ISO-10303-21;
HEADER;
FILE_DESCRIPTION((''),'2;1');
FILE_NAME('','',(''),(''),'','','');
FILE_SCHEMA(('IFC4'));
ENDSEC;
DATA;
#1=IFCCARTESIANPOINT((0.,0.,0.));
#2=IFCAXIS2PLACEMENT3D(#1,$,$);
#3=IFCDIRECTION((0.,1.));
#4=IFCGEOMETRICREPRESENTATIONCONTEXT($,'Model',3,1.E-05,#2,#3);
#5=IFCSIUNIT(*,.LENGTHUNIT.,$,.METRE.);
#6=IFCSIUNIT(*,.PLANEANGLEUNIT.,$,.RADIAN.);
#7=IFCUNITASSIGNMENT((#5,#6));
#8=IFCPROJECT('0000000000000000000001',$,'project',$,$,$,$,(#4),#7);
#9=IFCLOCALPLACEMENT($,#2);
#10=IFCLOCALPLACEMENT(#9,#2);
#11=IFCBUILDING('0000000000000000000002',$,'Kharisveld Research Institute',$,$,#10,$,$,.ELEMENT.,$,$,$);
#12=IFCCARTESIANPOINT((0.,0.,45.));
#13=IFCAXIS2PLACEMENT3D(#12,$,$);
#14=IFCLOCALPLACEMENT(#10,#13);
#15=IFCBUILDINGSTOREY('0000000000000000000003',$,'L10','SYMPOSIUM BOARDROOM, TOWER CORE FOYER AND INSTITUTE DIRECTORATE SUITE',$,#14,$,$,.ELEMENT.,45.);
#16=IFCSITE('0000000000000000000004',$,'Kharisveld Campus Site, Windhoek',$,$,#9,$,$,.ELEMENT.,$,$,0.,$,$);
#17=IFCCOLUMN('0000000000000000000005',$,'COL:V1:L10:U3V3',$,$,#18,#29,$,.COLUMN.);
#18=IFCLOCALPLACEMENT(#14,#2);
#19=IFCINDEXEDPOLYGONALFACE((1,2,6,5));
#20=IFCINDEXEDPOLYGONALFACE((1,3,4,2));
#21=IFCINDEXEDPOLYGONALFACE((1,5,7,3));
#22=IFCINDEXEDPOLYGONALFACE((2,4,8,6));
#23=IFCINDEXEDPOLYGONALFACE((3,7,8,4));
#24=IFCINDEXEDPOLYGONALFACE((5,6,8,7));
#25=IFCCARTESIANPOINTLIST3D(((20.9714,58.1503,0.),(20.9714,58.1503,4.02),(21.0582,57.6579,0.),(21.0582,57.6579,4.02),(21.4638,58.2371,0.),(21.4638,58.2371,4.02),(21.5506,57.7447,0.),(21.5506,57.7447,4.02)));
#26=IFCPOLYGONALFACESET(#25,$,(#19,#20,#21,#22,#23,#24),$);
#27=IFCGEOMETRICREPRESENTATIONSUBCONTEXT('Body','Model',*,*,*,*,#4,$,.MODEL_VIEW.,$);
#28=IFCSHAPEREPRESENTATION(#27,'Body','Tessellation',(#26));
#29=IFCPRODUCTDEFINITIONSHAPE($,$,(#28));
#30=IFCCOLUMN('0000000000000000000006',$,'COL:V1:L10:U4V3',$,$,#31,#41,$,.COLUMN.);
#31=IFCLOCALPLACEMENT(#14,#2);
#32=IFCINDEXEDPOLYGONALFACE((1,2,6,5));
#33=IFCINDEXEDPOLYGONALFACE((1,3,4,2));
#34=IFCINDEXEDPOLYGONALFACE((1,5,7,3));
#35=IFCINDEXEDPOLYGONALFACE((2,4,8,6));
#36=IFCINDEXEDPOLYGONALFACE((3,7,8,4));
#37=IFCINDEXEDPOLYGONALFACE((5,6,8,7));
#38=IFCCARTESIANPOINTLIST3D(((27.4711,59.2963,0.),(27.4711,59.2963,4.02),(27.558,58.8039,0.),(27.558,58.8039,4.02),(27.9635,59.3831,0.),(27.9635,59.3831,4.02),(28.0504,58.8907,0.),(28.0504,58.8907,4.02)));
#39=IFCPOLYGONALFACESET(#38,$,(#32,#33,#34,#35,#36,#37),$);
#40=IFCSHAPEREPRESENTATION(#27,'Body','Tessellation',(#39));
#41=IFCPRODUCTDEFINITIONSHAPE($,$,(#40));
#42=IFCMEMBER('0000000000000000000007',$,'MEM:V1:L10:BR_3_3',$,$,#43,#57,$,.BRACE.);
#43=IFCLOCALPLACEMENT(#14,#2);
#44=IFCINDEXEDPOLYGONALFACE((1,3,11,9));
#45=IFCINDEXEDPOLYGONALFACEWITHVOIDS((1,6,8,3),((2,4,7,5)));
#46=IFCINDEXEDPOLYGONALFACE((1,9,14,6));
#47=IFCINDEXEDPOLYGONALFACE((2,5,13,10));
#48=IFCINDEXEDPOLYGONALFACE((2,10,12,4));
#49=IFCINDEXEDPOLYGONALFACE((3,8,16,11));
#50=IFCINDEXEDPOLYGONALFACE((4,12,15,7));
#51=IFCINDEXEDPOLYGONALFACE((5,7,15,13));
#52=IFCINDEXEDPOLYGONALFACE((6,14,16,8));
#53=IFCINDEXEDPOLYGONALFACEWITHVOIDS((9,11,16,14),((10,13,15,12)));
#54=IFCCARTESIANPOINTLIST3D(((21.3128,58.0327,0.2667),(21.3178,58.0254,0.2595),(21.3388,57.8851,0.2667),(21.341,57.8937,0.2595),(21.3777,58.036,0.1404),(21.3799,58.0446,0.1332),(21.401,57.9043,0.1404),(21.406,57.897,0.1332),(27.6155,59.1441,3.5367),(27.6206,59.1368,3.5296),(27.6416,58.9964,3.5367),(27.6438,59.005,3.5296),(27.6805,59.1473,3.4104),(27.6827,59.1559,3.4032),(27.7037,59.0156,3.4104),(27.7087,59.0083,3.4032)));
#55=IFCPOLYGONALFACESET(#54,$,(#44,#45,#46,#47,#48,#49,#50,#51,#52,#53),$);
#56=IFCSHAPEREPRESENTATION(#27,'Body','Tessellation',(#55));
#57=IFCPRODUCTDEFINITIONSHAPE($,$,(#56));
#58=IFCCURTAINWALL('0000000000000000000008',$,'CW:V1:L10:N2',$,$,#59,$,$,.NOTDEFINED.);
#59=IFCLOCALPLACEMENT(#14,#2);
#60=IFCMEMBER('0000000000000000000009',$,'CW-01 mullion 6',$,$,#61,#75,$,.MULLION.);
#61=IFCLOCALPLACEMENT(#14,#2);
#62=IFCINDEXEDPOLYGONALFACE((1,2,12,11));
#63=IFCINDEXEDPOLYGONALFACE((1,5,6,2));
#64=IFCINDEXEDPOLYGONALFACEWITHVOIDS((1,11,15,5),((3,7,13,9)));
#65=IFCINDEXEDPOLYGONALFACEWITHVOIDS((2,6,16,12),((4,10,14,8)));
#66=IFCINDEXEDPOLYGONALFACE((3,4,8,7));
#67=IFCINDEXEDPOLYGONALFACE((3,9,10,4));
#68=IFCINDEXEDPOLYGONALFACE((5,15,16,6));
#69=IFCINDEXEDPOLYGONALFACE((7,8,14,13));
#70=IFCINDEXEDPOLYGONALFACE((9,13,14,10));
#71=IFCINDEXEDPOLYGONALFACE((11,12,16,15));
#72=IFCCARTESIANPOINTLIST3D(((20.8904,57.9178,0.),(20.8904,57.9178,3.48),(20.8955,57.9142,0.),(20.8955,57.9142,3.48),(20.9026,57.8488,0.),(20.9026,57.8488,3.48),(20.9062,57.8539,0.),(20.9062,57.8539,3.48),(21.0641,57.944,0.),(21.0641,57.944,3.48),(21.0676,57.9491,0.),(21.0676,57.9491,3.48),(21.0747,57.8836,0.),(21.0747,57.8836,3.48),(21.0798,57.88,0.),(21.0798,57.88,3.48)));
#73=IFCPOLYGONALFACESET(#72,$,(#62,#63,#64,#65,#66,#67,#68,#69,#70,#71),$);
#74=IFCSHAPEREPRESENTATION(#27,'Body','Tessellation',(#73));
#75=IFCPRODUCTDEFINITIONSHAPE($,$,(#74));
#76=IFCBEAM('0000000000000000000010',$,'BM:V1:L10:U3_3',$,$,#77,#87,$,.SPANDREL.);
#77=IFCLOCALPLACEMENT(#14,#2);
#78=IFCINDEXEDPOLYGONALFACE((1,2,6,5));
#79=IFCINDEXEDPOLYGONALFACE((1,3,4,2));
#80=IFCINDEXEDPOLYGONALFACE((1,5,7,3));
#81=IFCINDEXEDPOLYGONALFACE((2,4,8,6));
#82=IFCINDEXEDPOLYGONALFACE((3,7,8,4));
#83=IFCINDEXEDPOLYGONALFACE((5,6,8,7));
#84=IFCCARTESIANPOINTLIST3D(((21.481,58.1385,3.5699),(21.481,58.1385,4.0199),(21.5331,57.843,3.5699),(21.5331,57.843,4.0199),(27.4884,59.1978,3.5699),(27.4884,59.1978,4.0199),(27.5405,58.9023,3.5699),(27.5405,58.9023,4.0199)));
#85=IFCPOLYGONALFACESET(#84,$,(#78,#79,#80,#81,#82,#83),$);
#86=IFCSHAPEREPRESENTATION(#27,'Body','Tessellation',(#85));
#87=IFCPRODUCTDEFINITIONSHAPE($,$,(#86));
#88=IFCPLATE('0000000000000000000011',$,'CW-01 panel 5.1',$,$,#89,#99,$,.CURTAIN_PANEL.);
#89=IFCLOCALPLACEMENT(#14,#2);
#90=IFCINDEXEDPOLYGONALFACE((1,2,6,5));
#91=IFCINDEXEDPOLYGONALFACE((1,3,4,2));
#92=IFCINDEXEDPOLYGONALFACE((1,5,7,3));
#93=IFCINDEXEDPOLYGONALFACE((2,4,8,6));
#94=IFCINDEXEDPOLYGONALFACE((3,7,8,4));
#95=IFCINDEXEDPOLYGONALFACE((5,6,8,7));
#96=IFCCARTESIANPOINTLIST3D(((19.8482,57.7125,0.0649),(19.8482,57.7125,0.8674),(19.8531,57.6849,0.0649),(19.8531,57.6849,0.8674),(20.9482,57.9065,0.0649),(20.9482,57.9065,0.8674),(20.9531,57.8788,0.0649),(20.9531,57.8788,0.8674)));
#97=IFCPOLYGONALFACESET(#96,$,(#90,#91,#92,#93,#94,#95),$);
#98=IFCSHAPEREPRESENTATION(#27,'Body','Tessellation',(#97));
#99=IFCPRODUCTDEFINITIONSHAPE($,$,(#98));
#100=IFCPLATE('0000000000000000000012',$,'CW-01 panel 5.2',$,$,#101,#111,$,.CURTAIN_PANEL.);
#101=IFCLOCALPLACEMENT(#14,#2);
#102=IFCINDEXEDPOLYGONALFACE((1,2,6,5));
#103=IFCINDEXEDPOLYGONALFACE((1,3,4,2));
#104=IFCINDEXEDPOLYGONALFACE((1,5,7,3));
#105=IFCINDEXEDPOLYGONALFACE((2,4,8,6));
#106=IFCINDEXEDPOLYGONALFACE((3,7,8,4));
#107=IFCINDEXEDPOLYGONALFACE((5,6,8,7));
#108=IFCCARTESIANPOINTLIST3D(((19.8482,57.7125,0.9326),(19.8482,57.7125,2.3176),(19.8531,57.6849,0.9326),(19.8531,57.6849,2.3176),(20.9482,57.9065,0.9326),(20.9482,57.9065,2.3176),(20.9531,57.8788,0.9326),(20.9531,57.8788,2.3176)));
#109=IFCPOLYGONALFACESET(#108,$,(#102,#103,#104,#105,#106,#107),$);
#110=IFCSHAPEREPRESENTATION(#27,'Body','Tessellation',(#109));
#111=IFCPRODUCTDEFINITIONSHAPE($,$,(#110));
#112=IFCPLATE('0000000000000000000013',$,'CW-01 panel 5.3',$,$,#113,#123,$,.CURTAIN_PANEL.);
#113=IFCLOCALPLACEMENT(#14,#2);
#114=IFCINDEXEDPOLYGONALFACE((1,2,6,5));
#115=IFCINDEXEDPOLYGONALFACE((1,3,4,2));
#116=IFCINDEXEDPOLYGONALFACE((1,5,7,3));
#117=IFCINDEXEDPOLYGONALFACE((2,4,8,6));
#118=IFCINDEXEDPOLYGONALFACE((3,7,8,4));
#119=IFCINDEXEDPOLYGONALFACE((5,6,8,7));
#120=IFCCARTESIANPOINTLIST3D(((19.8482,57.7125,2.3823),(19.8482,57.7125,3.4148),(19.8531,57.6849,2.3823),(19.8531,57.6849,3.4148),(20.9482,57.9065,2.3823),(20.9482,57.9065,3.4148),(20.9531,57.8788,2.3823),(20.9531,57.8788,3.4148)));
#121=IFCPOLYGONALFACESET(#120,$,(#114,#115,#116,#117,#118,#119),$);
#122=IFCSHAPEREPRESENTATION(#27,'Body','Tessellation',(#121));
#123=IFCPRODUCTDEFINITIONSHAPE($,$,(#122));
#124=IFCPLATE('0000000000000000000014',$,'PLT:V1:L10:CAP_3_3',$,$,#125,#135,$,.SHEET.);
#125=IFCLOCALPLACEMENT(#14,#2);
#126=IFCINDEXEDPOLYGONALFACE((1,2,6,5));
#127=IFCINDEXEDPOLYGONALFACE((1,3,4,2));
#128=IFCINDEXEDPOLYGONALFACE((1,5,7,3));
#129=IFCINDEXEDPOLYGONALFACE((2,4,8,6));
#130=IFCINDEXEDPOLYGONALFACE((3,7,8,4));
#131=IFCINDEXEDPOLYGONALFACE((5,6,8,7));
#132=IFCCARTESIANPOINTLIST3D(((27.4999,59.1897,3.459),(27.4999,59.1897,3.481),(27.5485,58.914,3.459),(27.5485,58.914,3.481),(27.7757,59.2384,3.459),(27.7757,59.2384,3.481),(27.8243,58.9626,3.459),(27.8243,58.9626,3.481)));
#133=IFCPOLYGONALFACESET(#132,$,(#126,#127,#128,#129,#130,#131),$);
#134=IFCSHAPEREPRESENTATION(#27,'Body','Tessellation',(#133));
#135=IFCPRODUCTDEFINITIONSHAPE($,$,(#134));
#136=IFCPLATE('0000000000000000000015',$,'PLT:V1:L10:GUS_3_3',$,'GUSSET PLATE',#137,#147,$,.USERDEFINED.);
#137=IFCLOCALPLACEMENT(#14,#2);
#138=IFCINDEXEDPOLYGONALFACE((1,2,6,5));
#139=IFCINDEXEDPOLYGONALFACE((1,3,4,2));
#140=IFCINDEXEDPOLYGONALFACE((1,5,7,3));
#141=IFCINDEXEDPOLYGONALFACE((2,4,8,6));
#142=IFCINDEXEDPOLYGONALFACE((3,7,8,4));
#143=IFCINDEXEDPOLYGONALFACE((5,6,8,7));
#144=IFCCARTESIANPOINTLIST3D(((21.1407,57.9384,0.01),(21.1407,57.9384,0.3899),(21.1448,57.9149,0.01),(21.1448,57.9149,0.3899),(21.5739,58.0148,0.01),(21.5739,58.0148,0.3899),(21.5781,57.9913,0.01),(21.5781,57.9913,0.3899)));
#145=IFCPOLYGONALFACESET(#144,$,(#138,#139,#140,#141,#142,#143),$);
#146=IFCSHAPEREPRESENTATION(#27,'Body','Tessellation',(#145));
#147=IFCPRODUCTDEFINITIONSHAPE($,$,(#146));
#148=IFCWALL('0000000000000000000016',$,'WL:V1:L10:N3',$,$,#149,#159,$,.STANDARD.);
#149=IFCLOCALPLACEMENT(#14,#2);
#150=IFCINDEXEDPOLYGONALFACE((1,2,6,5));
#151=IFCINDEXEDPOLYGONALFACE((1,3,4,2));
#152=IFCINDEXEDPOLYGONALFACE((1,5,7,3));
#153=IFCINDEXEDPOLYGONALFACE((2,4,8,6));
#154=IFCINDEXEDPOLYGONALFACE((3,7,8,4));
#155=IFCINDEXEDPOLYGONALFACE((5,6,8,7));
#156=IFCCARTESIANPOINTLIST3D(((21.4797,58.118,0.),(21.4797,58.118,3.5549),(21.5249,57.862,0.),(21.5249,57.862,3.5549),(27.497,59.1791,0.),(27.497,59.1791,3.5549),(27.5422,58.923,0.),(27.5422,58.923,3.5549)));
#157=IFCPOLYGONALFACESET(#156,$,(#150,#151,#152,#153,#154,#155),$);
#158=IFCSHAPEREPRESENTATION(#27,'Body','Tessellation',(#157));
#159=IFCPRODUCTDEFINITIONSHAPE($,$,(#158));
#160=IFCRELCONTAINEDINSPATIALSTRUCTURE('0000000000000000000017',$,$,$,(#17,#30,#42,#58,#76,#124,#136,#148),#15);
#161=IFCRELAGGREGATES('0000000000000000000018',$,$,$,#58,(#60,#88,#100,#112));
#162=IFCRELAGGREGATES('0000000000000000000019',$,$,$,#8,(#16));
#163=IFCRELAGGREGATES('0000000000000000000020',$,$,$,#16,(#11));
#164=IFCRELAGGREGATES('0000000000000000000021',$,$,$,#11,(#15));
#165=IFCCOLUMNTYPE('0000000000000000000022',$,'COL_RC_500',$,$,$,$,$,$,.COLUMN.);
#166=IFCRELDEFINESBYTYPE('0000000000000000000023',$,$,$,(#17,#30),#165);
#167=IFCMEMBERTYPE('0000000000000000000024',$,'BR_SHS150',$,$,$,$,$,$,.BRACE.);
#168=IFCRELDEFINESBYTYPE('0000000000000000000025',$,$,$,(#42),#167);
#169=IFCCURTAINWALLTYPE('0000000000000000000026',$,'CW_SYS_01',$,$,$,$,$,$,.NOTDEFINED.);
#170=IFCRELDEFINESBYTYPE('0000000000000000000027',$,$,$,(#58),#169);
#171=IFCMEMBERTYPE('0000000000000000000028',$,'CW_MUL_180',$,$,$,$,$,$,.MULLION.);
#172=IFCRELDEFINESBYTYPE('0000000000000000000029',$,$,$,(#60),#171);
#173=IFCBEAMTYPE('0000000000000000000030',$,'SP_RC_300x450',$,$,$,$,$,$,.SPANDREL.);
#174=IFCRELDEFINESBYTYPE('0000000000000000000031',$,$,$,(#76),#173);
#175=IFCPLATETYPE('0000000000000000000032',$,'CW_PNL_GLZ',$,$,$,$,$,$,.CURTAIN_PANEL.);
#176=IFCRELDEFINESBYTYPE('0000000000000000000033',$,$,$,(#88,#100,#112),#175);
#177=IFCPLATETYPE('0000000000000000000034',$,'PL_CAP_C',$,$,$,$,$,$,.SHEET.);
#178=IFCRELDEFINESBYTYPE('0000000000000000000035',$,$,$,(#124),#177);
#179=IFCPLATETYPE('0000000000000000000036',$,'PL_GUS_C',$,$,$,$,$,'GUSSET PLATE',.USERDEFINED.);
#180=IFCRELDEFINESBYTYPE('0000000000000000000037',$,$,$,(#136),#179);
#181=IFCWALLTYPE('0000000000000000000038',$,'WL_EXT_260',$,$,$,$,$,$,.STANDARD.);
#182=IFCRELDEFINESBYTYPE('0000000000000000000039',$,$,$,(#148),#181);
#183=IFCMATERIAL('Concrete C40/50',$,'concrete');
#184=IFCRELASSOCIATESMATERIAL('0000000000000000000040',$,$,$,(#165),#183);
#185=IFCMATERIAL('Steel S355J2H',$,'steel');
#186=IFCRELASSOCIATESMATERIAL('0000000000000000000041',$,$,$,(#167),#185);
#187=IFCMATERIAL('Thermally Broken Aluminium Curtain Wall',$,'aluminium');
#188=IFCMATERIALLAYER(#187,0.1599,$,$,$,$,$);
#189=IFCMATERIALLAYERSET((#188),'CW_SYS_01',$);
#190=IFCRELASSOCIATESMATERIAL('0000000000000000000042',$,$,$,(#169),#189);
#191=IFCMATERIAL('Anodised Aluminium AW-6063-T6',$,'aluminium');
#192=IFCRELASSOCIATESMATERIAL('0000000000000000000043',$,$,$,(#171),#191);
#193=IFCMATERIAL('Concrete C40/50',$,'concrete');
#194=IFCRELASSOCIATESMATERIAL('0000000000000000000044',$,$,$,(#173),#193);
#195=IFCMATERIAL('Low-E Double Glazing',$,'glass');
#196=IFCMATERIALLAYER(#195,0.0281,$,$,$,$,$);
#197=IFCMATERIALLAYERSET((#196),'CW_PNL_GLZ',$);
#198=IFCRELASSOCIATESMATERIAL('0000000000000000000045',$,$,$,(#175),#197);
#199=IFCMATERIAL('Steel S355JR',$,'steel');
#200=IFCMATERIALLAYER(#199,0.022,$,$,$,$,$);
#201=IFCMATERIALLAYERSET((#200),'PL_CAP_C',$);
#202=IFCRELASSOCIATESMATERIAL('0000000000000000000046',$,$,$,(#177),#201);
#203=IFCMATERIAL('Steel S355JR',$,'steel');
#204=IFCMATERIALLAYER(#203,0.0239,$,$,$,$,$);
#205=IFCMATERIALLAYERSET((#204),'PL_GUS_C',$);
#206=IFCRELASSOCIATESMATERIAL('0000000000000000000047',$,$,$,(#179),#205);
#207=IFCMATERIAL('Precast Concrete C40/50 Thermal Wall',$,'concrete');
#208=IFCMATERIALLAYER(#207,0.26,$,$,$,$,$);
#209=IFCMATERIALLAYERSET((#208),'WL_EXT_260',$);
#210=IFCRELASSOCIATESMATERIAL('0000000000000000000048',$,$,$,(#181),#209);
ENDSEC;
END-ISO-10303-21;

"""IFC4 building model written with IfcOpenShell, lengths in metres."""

from ifc_helpers import new_model, si_unit, direction, frame, frame_2d, origin, origin_2d, place, context, subcontext, project, spatial, rectangle, hollow_rectangle, extrude, material, layer, layer_set, material_profile, profile_set, type_object, element, aggregate, save


model = new_model("IFC4")

# Units and contexts
model_context = context("Model", 3, precision=1e-05, world=origin(), true_north=direction((0.0, 1.0)))
body_context = subcontext(model_context, "Body", "Model", "MODEL_VIEW")
ifc_project = project(units=[si_unit("LENGTHUNIT", "METRE"), si_unit("PLANEANGLEUNIT", "RADIAN")], contexts=[model_context])

# Site, building, storey
site_placement = place(None, origin())
site = spatial("IfcSite", under=ifc_project, at=site_placement, Name="Kharisveld Campus Site, Windhoek", CompositionType="ELEMENT", RefElevation=0.0)
building_placement = place(site_placement, origin())
building = spatial("IfcBuilding", under=site, at=building_placement, Name="Kharisveld Research Institute", CompositionType="ELEMENT")
storey_placement = place(building_placement, frame((0.0, 0.0, 45.0)))
storey = spatial("IfcBuildingStorey", under=building, at=storey_placement, Name="L10", Description="SYMPOSIUM BOARDROOM, TOWER CORE FOYER AND INSTITUTE DIRECTORATE SUITE", CompositionType="ELEMENT", Elevation=45.0)

# Columns
ifc_material_1 = material(Name="Concrete C40/50", Category="concrete")
ifc_material_profile_1 = material_profile(ifc_material_1, rectangle(XDim=0.5, YDim=0.5, at=origin_2d()))
ifc_profile_set_1 = profile_set([ifc_material_profile_1], Name="Concrete C40/50")
column_type = type_object("IfcColumnType", Name="COL_RC_500", PredefinedType="COLUMN", material=ifc_profile_set_1)
for number, where, z_axis, x_axis, name in (
    (1, (21.261, 57.9475, 0.0), (0.0, 0.0, 1.0), (0.984808, 0.173648, 0.0), "COL:V1:L10:U3V3"),
    (2, (27.7607, 59.0935, 0.0), (0.0, 0.0, 1.0), (0.984808, 0.173648, 0.0), "COL:V1:L10:U4V3"),
):
    element("IfcColumn", number, at=place(storey_placement, frame(where, z_axis=z_axis, x_axis=x_axis)), inside=storey, type_object=column_type, Name=name, PredefinedType="COLUMN", context=body_context, shape_type="SweptSolid", body=[
        extrude(rectangle(XDim=0.5, YDim=0.5, at=origin_2d()), origin(), (0.0, 0.0, 1.0), 4.02),
    ])

# Member
ifc_material_2 = material(Name="Steel S355J2H", Category="steel")
ifc_material_profile_2 = material_profile(ifc_material_2, hollow_rectangle(XDim=0.1499, YDim=0.1499, WallThickness=0.0081, at=origin_2d()))
ifc_profile_set_2 = profile_set([ifc_material_profile_2], Name="Steel S355J2H")
member_type_1 = type_object("IfcMemberType", Name="BR_SHS150", PredefinedType="BRACE", material=ifc_profile_set_2)
member_1_placement = place(storey_placement, frame((21.3594, 57.9648, 0.2), z_axis=(0.876967, 0.154631, 0.454993), x_axis=(-0.173646, 0.984808, 0.0)))
element("IfcMember", 3, at=member_1_placement, inside=storey, type_object=member_type_1, Name="MEM:V1:L10:BR_3_3", PredefinedType="BRACE", context=body_context, shape_type="SweptSolid", body=[
    extrude(hollow_rectangle(XDim=0.1499, YDim=0.1499, WallThickness=0.0081, at=origin_2d()), origin(), (0.0, 0.0, 1.0), 7.187),
])

# Curtain wall, member
ifc_material_3 = material(Name="Thermally Broken Aluminium Curtain Wall", Category="aluminium")
ifc_layer_1 = layer(ifc_material_3, 0.1599)
ifc_layer_set_1 = layer_set([ifc_layer_1], Name="CW_SYS_01")
curtain_wall_type = type_object("IfcCurtainWallType", Name="CW_SYS_01", PredefinedType="NOTDEFINED", material=ifc_layer_set_1)
curtain_wall_placement = place(storey_placement, origin())
curtain_wall = element("IfcCurtainWall", 4, at=curtain_wall_placement, inside=storey, type_object=curtain_wall_type, Name="CW:V1:L10:N2", PredefinedType="NOTDEFINED")
ifc_material_4 = material(Name="Anodised Aluminium AW-6063-T6", Category="aluminium")
ifc_material_profile_3 = material_profile(ifc_material_4, hollow_rectangle(XDim=0.0701, YDim=0.1799, WallThickness=0.0044, at=origin_2d()))
ifc_profile_set_3 = profile_set([ifc_material_profile_3], Name="Anodised Aluminium AW-6063-T6")
member_type_2 = type_object("IfcMemberType", Name="CW_MUL_180", PredefinedType="MULLION", material=ifc_profile_set_3)
member_2_placement = place(storey_placement, frame((20.9851, 57.8989, 0.0), z_axis=(0.0, 0.0, 1.0), x_axis=(-0.173648, 0.984808, 0.0)))
member_2 = element("IfcMember", 5, at=member_2_placement, type_object=member_type_2, Name="CW-01 mullion 6", PredefinedType="MULLION", context=body_context, shape_type="SweptSolid", body=[
    extrude(hollow_rectangle(XDim=0.0701, YDim=0.1799, WallThickness=0.0044, at=origin_2d()), origin(), (0.0, 0.0, 1.0), 3.48),
])

# Beam
ifc_material_5 = material(Name="Concrete C40/50", Category="concrete")
ifc_material_profile_4 = material_profile(ifc_material_5, rectangle(XDim=0.3, YDim=0.45, at=origin_2d()))
ifc_profile_set_4 = profile_set([ifc_material_profile_4], Name="Concrete C40/50")
beam_type = type_object("IfcBeamType", Name="SP_RC_300x450", PredefinedType="SPANDREL", material=ifc_profile_set_4)
beam_placement = place(storey_placement, frame((21.5071, 57.9907, 3.7949), z_axis=(0.984806, 0.17366, 0.0), x_axis=(-0.17366, 0.984806, 0.0)))
element("IfcBeam", 6, at=beam_placement, inside=storey, type_object=beam_type, Name="BM:V1:L10:U3_3", PredefinedType="SPANDREL", context=body_context, shape_type="SweptSolid", body=[
    extrude(rectangle(XDim=0.3, YDim=0.45, at=origin_2d()), origin(), (0.0, 0.0, 1.0), 6.1001),
])

# Plates
ifc_material_6 = material(Name="Low-E Double Glazing", Category="glass")
ifc_layer_2 = layer(ifc_material_6, 0.0281)
ifc_layer_set_2 = layer_set([ifc_layer_2], Name="CW_PNL_GLZ")
plate_type_1 = type_object("IfcPlateType", Name="CW_PNL_GLZ", PredefinedType="CURTAIN_PANEL", material=ifc_layer_set_2)
plate_1_placement = place(storey_placement, frame((20.4006, 57.7957, 0.0649), z_axis=(0.0, 0.0, 1.0), x_axis=(0.984808, 0.173648, 0.0)))
plate_1 = element("IfcPlate", 7, at=plate_1_placement, type_object=plate_type_1, Name="CW-01 panel 5.1", PredefinedType="CURTAIN_PANEL", context=body_context, shape_type="SweptSolid", body=[
    extrude(rectangle(XDim=1.1169, YDim=0.0281, at=origin_2d()), origin(), (0.0, 0.0, 1.0), 0.8025),
])
plate_2_placement = place(storey_placement, frame((20.4006, 57.7957, 0.9326), z_axis=(0.0, 0.0, 1.0), x_axis=(0.984808, 0.173648, 0.0)))
plate_2 = element("IfcPlate", 8, at=plate_2_placement, type_object=plate_type_1, Name="CW-01 panel 5.2", PredefinedType="CURTAIN_PANEL", context=body_context, shape_type="SweptSolid", body=[
    extrude(rectangle(XDim=1.1169, YDim=0.0281, at=origin_2d()), origin(), (0.0, 0.0, 1.0), 1.385),
])
plate_3_placement = place(storey_placement, frame((20.4006, 57.7957, 2.3823), z_axis=(0.0, 0.0, 1.0), x_axis=(0.984808, 0.173648, 0.0)))
plate_3 = element("IfcPlate", 9, at=plate_3_placement, type_object=plate_type_1, Name="CW-01 panel 5.3", PredefinedType="CURTAIN_PANEL", context=body_context, shape_type="SweptSolid", body=[
    extrude(rectangle(XDim=1.1169, YDim=0.0281, at=origin_2d()), origin(), (0.0, 0.0, 1.0), 1.0325),
])
aggregate(curtain_wall, [member_2, plate_1, plate_2, plate_3])

# Plates
ifc_material_7 = material(Name="Steel S355JR", Category="steel")
ifc_layer_3 = layer(ifc_material_7, 0.022)
ifc_layer_set_3 = layer_set([ifc_layer_3], Name="PL_CAP_C")
plate_type_2 = type_object("IfcPlateType", Name="PL_CAP_C", PredefinedType="SHEET", material=ifc_layer_set_3)
plate_4_placement = place(storey_placement, frame((27.6621, 59.0762, 3.459), z_axis=(0.0, 0.0, 1.0), x_axis=(0.984808, 0.173648, 0.0)))
element("IfcPlate", 10, at=plate_4_placement, inside=storey, type_object=plate_type_2, Name="PLT:V1:L10:CAP_3_3", PredefinedType="SHEET", context=body_context, shape_type="SweptSolid", body=[
    extrude(rectangle(XDim=0.28, YDim=0.28, at=origin_2d()), origin(), (0.0, 0.0, 1.0), 0.022),
])
ifc_material_8 = material(Name="Steel S355JR", Category="steel")
ifc_layer_4 = layer(ifc_material_8, 0.0239)
ifc_layer_set_4 = layer_set([ifc_layer_4], Name="PL_GUS_C")
plate_type_3 = type_object("IfcPlateType", Name="PL_GUS_C", ElementType="GUSSET PLATE", PredefinedType="USERDEFINED", material=ifc_layer_set_4)
plate_5_placement = place(storey_placement, frame((21.3594, 57.9648, 0.01), z_axis=(0.0, 0.0, 1.0), x_axis=(0.984808, 0.173648, 0.0)))
element("IfcPlate", 11, at=plate_5_placement, inside=storey, type_object=plate_type_3, Name="PLT:V1:L10:GUS_3_3", ObjectType="GUSSET PLATE", PredefinedType="USERDEFINED", context=body_context, shape_type="SweptSolid", body=[
    extrude(rectangle(XDim=0.4399, YDim=0.0239, at=origin_2d()), origin(), (0.0, 0.0, 1.0), 0.3799),
])

# Wall
ifc_material_9 = material(Name="Precast Concrete C40/50 Thermal Wall", Category="concrete")
ifc_layer_5 = layer(ifc_material_9, 0.26)
ifc_layer_set_5 = layer_set([ifc_layer_5], Name="WL_EXT_260")
wall_type = type_object("IfcWallType", Name="WL_EXT_260", PredefinedType="STANDARD", material=ifc_layer_set_5)
wall_1_placement = place(storey_placement, frame((21.5022, 57.99, 0.0), z_axis=(0.0, 0.0, 1.0), x_axis=(0.984807, 0.173651, 0.0)))
element("IfcWall", 12, at=wall_1_placement, inside=storey, type_object=wall_type, Name="WL:V1:L10:N3", PredefinedType="STANDARD", context=body_context, shape_type="SweptSolid", body=[
    extrude(rectangle(XDim=6.1101, YDim=0.26, at=frame_2d((3.0552, 0.0))), origin(), (0.0, 0.0, 1.0), 3.5549),
])

save(model, "model.ifc")
